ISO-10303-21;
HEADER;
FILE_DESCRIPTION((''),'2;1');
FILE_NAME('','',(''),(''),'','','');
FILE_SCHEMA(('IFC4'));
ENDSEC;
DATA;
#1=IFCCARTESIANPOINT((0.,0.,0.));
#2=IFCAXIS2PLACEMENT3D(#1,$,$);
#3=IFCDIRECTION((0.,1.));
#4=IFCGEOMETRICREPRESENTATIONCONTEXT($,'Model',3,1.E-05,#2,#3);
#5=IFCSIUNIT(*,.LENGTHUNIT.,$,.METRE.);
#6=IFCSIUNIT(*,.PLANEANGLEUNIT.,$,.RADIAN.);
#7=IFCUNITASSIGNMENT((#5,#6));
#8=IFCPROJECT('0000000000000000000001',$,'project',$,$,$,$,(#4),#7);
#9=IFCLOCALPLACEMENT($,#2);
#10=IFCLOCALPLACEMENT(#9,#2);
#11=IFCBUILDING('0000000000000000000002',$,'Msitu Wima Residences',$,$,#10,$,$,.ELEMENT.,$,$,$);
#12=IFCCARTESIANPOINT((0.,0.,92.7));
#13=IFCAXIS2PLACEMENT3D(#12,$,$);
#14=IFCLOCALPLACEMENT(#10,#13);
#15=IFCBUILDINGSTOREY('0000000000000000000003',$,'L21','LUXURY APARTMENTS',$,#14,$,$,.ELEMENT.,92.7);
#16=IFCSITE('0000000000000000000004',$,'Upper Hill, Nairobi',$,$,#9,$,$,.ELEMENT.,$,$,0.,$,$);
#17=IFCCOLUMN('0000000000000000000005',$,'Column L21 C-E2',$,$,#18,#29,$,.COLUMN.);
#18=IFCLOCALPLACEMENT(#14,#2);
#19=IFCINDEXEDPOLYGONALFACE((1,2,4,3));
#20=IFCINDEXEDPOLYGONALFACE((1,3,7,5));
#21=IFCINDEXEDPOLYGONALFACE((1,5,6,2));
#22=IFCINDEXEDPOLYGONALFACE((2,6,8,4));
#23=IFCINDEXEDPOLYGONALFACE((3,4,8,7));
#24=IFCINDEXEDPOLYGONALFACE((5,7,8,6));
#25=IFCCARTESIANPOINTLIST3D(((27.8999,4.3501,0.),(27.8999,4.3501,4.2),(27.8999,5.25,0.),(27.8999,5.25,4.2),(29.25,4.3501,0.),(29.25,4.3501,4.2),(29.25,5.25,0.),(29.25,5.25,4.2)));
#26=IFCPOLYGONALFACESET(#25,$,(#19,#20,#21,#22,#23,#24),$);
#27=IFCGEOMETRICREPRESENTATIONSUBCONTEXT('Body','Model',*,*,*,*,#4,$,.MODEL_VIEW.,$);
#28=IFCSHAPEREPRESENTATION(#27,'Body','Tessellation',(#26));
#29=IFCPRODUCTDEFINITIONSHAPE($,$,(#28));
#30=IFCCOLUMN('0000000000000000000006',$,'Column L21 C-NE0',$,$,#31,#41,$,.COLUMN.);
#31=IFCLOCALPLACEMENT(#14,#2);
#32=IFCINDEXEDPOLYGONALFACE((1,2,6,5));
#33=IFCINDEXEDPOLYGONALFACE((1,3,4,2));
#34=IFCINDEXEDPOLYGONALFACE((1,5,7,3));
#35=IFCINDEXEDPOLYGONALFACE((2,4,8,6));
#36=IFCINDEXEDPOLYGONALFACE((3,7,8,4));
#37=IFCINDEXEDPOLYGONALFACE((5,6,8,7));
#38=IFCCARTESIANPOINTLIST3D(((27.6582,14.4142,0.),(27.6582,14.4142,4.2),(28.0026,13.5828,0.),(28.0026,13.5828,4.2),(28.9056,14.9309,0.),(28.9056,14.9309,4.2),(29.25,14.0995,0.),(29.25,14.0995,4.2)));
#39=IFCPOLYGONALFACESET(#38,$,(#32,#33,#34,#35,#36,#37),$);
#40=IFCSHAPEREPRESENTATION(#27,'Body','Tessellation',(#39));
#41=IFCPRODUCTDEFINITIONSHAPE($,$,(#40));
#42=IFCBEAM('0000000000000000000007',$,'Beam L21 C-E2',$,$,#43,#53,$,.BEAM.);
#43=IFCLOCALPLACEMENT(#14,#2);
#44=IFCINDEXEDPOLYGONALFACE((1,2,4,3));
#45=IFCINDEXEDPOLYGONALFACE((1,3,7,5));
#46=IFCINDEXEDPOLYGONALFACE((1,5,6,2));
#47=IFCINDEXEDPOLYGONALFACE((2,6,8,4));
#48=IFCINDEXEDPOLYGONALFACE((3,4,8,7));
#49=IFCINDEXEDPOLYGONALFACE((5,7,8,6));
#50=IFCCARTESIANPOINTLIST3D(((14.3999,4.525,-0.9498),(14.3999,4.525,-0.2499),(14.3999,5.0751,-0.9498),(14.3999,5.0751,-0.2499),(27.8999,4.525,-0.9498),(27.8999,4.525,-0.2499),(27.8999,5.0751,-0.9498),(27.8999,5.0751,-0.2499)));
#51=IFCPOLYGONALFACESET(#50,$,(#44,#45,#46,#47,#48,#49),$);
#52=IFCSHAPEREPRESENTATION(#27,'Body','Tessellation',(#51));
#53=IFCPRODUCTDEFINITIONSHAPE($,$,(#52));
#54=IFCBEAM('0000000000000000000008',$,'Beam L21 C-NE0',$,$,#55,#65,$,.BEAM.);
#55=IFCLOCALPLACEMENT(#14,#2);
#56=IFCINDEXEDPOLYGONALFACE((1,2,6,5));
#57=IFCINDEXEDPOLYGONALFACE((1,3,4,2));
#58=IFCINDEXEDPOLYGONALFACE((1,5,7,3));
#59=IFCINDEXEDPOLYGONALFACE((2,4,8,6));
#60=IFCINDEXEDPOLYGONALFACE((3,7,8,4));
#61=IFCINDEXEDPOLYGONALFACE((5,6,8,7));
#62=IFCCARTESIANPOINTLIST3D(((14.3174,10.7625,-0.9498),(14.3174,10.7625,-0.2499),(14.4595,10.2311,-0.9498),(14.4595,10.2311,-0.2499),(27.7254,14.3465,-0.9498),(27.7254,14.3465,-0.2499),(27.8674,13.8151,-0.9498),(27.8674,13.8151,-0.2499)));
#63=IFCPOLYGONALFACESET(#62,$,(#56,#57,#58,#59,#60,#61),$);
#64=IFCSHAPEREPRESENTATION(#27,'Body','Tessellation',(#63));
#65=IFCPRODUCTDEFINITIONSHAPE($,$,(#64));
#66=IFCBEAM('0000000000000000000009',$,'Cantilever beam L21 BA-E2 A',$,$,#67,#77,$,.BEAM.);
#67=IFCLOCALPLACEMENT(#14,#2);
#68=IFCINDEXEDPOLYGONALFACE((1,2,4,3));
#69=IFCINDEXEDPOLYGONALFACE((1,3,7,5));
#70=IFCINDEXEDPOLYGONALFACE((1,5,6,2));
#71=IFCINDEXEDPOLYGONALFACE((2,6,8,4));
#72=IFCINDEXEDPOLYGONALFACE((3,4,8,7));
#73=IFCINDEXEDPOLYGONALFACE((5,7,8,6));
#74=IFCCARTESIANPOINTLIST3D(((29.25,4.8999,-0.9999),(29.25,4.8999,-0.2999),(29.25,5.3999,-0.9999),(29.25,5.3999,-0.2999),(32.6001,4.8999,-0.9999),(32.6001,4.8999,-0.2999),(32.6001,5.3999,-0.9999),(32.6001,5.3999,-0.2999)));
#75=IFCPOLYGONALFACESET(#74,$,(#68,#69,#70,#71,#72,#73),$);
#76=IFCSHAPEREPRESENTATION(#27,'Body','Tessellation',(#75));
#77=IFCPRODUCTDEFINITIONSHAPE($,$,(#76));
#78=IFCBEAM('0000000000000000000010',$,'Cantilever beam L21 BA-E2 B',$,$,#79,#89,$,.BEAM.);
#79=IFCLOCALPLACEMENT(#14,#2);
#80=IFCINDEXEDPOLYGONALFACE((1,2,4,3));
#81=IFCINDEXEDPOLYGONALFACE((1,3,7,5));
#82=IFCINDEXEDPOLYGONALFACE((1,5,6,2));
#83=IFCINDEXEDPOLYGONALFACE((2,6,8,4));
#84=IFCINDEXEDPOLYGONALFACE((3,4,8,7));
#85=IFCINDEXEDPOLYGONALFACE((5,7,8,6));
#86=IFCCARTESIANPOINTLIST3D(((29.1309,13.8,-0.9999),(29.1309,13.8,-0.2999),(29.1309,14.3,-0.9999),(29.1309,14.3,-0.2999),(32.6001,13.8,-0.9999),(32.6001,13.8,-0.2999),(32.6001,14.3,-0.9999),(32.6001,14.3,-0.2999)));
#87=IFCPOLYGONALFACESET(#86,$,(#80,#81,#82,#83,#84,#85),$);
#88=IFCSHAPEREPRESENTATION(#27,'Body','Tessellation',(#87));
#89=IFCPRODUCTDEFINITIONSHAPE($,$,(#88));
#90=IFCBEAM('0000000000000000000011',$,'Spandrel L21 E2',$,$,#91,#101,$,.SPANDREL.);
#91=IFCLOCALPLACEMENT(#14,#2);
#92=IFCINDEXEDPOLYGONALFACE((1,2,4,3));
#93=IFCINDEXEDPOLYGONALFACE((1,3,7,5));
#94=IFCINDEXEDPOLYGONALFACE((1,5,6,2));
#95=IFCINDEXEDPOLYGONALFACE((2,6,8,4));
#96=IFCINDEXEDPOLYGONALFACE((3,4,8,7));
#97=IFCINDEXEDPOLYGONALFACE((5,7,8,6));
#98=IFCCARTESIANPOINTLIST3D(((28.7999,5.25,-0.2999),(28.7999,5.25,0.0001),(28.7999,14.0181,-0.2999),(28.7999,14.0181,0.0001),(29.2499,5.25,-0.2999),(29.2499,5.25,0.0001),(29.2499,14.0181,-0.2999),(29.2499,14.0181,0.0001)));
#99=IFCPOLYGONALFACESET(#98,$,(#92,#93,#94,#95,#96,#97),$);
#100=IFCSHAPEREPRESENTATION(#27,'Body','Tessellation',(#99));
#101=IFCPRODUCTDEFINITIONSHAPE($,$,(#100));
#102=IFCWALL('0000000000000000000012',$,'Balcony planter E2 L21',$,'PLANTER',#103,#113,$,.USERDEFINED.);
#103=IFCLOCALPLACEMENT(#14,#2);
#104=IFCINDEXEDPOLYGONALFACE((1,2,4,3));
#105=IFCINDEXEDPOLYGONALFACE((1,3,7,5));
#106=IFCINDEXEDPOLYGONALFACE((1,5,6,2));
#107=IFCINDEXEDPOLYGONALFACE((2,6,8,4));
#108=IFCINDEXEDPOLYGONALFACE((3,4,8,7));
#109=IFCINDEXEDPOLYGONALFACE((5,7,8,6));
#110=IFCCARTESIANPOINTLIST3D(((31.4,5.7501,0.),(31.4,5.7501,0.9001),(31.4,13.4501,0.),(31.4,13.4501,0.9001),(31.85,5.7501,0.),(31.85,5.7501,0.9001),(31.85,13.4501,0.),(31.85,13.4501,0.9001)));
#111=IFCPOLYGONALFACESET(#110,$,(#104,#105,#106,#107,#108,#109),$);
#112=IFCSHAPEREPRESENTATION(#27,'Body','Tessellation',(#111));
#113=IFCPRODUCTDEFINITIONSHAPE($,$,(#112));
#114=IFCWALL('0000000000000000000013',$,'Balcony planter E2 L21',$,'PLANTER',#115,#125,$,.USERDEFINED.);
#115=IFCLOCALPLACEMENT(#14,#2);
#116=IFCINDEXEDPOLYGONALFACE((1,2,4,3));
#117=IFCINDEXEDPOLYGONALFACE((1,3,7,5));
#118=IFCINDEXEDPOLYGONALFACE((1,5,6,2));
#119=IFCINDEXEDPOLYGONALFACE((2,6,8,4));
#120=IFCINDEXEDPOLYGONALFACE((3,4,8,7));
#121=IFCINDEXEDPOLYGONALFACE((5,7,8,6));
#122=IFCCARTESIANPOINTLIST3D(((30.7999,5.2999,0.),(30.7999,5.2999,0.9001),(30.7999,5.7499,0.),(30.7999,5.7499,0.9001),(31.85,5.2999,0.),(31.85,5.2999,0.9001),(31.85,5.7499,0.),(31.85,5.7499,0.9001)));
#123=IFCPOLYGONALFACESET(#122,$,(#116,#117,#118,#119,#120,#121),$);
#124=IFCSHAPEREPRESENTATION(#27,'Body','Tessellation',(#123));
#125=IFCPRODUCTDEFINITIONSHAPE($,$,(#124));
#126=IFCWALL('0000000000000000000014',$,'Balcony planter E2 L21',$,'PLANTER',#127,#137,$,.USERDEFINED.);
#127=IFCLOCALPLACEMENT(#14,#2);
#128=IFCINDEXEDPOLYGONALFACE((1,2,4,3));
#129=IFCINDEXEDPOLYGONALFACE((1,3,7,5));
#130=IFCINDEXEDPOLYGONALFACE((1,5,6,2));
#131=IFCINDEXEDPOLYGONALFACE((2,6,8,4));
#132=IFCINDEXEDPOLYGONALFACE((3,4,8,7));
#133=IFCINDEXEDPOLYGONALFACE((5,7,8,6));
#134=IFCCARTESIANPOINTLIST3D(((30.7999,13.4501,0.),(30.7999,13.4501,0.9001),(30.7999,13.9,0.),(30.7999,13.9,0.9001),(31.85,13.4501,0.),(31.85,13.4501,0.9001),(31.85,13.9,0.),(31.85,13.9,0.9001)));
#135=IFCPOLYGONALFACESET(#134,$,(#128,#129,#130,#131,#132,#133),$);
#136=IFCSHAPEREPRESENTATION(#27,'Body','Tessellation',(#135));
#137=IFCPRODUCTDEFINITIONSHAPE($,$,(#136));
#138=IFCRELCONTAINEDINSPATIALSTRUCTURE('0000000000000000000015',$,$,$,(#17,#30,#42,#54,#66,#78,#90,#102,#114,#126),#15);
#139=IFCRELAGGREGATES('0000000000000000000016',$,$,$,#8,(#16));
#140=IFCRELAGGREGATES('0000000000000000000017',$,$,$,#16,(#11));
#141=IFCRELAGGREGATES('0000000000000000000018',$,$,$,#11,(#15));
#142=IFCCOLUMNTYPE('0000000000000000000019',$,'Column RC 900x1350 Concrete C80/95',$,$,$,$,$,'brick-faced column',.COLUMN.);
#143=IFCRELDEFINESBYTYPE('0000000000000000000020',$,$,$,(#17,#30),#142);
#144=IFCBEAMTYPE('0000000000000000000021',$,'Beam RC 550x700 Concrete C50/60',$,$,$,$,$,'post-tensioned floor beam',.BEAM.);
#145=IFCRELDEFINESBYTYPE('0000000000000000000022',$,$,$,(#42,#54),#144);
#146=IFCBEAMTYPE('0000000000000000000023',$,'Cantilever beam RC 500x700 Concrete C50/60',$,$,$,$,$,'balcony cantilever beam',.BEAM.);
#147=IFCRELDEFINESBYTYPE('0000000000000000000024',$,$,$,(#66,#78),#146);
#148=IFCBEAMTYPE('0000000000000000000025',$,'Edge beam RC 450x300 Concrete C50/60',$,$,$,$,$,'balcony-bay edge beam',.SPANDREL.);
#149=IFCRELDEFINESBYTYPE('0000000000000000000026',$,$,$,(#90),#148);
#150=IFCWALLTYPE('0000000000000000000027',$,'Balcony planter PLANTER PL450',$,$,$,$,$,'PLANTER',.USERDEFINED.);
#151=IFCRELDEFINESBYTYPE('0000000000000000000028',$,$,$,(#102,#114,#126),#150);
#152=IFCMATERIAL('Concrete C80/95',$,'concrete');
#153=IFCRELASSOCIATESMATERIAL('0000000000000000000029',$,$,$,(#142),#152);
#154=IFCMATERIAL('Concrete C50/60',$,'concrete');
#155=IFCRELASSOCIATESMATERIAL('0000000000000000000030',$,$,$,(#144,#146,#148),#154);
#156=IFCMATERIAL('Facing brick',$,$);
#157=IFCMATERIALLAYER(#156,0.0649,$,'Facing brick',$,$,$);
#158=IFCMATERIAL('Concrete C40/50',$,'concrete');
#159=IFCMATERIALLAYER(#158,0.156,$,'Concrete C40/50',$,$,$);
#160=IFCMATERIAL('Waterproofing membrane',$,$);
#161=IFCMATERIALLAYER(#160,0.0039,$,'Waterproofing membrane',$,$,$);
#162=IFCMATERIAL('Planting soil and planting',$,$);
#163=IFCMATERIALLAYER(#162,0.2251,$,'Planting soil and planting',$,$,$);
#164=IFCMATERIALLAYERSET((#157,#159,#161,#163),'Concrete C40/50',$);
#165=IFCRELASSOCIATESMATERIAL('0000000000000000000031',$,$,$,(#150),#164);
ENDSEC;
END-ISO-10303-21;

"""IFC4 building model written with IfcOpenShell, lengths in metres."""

from ifc_helpers import new_model, si_unit, direction, frame, frame_2d, origin, origin_2d, place, context, subcontext, project, spatial, rectangle, extrude, material, layer, layer_set, material_profile, profile_set, type_object, element, save


model = new_model("IFC4")

# Units and contexts
model_context = context("Model", 3, precision=1e-05, world=origin(), true_north=direction((0.0, 1.0)))
body_context = subcontext(model_context, "Body", "Model", "MODEL_VIEW")
ifc_project = project(units=[si_unit("LENGTHUNIT", "METRE"), si_unit("PLANEANGLEUNIT", "RADIAN")], contexts=[model_context])

# Site, building, storey
site_placement = place(None, origin())
site = spatial("IfcSite", under=ifc_project, at=site_placement, Name="Upper Hill, Nairobi", CompositionType="ELEMENT", RefElevation=0.0)
building_placement = place(site_placement, origin())
building = spatial("IfcBuilding", under=site, at=building_placement, Name="Msitu Wima Residences", CompositionType="ELEMENT")
storey_placement = place(building_placement, frame((0.0, 0.0, 92.7)))
storey = spatial("IfcBuildingStorey", under=building, at=storey_placement, Name="L21", Description="LUXURY APARTMENTS", CompositionType="ELEMENT", Elevation=92.7)

# Columns
ifc_material_1 = material(Name="Concrete C80/95", Category="concrete")
ifc_material_profile_1 = material_profile(ifc_material_1, rectangle(XDim=0.8999, YDim=1.3501, at=origin_2d()), Name="RC 900x1350")
ifc_profile_set_1 = profile_set([ifc_material_profile_1], Name="Concrete C80/95")
column_type = type_object("IfcColumnType", Name="Column RC 900x1350 Concrete C80/95", ElementType="brick-faced column", PredefinedType="COLUMN", material=ifc_profile_set_1)
for number, where, z_axis, x_axis, name in (
    (1, (28.575, 4.8, 0.0), (0.0, 0.0, 1.0), (0.0, 1.0, 0.0), "Column L21 C-E2"),
    (2, (28.4541, 14.2568, 0.0), (0.0, 0.0, 1.0), (-0.382683, 0.92388, 0.0), "Column L21 C-NE0"),
):
    element("IfcColumn", number, at=place(storey_placement, frame(where, z_axis=z_axis, x_axis=x_axis)), inside=storey, type_object=column_type, Name=name, PredefinedType="COLUMN", context=body_context, shape_type="SweptSolid", body=[
        extrude(rectangle(XDim=0.8999, YDim=1.3501, at=origin_2d()), origin(), (0.0, 0.0, 1.0), 4.2),
    ])

# Beams
ifc_material_2 = material(Name="Concrete C50/60", Category="concrete")
ifc_material_profile_2 = material_profile(ifc_material_2, rectangle(XDim=0.55, YDim=0.7, at=origin_2d()), Name="RC 550x700")
ifc_profile_set_2 = profile_set([ifc_material_profile_2], Name="Concrete C50/60")
beam_type_1 = type_object("IfcBeamType", Name="Beam RC 550x700 Concrete C50/60", ElementType="post-tensioned floor beam", PredefinedType="BEAM", material=ifc_profile_set_2)
beam_1_placement = place(storey_placement, frame((27.8999, 4.8, -0.5999), z_axis=(-1.0, 0.0, 0.0), x_axis=(0.0, -1.0, 0.0)))
element("IfcBeam", 3, at=beam_1_placement, inside=storey, type_object=beam_type_1, Name="Beam L21 C-E2", PredefinedType="BEAM", context=body_context, shape_type="SweptSolid", body=[
    extrude(rectangle(XDim=0.55, YDim=0.7, at=origin_2d()), origin(), (0.0, 0.0, 1.0), 13.5),
])
beam_2_placement = place(storey_placement, frame((27.7964, 14.0808, -0.5999), z_axis=(-0.966082, -0.258236, 0.0), x_axis=(0.258236, -0.966082, 0.0)))
element("IfcBeam", 4, at=beam_2_placement, inside=storey, type_object=beam_type_1, Name="Beam L21 C-NE0", PredefinedType="BEAM", context=body_context, shape_type="SweptSolid", body=[
    extrude(rectangle(XDim=0.55, YDim=0.7, at=origin_2d()), origin(), (0.0, 0.0, 1.0), 13.8787),
])
ifc_material_profile_3 = material_profile(ifc_material_2, rectangle(XDim=0.5, YDim=0.7, at=origin_2d()), Name="RC 500x700")
ifc_profile_set_3 = profile_set([ifc_material_profile_3], Name="Concrete C50/60")
beam_type_2 = type_object("IfcBeamType", Name="Cantilever beam RC 500x700 Concrete C50/60", ElementType="balcony cantilever beam", PredefinedType="BEAM", material=ifc_profile_set_3)
beam_3_placement = place(storey_placement, frame((29.25, 5.1499, -0.6499), z_axis=(1.0, 0.0, 0.0), x_axis=(0.0, 1.0, 0.0)))
element("IfcBeam", 5, at=beam_3_placement, inside=storey, type_object=beam_type_2, Name="Cantilever beam L21 BA-E2 A", PredefinedType="BEAM", context=body_context, shape_type="SweptSolid", body=[
    extrude(rectangle(XDim=0.5, YDim=0.7, at=origin_2d()), origin(), (0.0, 0.0, 1.0), 3.3501),
])
beam_4_placement = place(storey_placement, frame((29.1309, 14.05, -0.6499), z_axis=(1.0, 0.0, 0.0), x_axis=(0.0, 1.0, 0.0)))
element("IfcBeam", 6, at=beam_4_placement, inside=storey, type_object=beam_type_2, Name="Cantilever beam L21 BA-E2 B", PredefinedType="BEAM", context=body_context, shape_type="SweptSolid", body=[
    extrude(rectangle(XDim=0.5, YDim=0.7, at=origin_2d()), origin(), (0.0, 0.0, 1.0), 3.4692),
])
ifc_material_profile_4 = material_profile(ifc_material_2, rectangle(XDim=0.45, YDim=0.3, at=origin_2d()), Name="RC 450x300")
ifc_profile_set_4 = profile_set([ifc_material_profile_4], Name="Concrete C50/60")
beam_type_3 = type_object("IfcBeamType", Name="Edge beam RC 450x300 Concrete C50/60", ElementType="balcony-bay edge beam", PredefinedType="SPANDREL", material=ifc_profile_set_4)
beam_5_placement = place(storey_placement, frame((29.0249, 5.25, -0.1499), z_axis=(0.0, 1.0, 0.0), x_axis=(-1.0, 0.0, 0.0)))
element("IfcBeam", 7, at=beam_5_placement, inside=storey, type_object=beam_type_3, Name="Spandrel L21 E2", PredefinedType="SPANDREL", context=body_context, shape_type="SweptSolid", body=[
    extrude(rectangle(XDim=0.45, YDim=0.3, at=origin_2d()), origin(), (0.0, 0.0, 1.0), 8.7681),
])

# Walls
ifc_material_3 = material(Name="Facing brick")
ifc_layer_1 = layer(ifc_material_3, 0.0649, Name="Facing brick")
ifc_material_4 = material(Name="Concrete C40/50", Category="concrete")
ifc_layer_2 = layer(ifc_material_4, 0.156, Name="Concrete C40/50")
ifc_material_5 = material(Name="Waterproofing membrane")
ifc_layer_3 = layer(ifc_material_5, 0.0039, Name="Waterproofing membrane")
ifc_material_6 = material(Name="Planting soil and planting")
ifc_layer_4 = layer(ifc_material_6, 0.2251, Name="Planting soil and planting")
ifc_layer_set_1 = layer_set([ifc_layer_1, ifc_layer_2, ifc_layer_3, ifc_layer_4], Name="Concrete C40/50")
wall_type_1 = type_object("IfcWallType", Name="Balcony planter PLANTER PL450", ElementType="PLANTER", PredefinedType="USERDEFINED", material=ifc_layer_set_1)
wall_1_placement = place(storey_placement, frame((31.625, 5.75, 0.0), z_axis=(0.0, 0.0, 1.0), x_axis=(0.0, 1.0, 0.0)))
element("IfcWall", 8, at=wall_1_placement, inside=storey, type_object=wall_type_1, Name="Balcony planter E2 L21", ObjectType="PLANTER", PredefinedType="USERDEFINED", context=body_context, shape_type="SweptSolid", body=[
    extrude(rectangle(XDim=7.7, YDim=0.45, at=frame_2d((3.8501, 0.0))), origin(), (0.0, 0.0, 1.0), 0.9001),
])
for number, where, z_axis, x_axis, name in (
    (9, (30.8, 5.5249, 0.0), (0.0, 0.0, 1.0), (1.0, 0.0, 0.0), "Balcony planter E2 L21"),
    (10, (30.8, 13.675, 0.0), (0.0, 0.0, 1.0), (1.0, 0.0, 0.0), "Balcony planter E2 L21"),
):
    element("IfcWall", number, at=place(storey_placement, frame(where, z_axis=z_axis, x_axis=x_axis)), inside=storey, type_object=wall_type_1, Name=name, ObjectType="PLANTER", PredefinedType="USERDEFINED", context=body_context, shape_type="SweptSolid", body=[
        extrude(rectangle(XDim=1.05, YDim=0.45, at=frame_2d((0.5249, 0.0))), origin(), (0.0, 0.0, 1.0), 0.9001),
    ])

save(model, "model.ifc")
